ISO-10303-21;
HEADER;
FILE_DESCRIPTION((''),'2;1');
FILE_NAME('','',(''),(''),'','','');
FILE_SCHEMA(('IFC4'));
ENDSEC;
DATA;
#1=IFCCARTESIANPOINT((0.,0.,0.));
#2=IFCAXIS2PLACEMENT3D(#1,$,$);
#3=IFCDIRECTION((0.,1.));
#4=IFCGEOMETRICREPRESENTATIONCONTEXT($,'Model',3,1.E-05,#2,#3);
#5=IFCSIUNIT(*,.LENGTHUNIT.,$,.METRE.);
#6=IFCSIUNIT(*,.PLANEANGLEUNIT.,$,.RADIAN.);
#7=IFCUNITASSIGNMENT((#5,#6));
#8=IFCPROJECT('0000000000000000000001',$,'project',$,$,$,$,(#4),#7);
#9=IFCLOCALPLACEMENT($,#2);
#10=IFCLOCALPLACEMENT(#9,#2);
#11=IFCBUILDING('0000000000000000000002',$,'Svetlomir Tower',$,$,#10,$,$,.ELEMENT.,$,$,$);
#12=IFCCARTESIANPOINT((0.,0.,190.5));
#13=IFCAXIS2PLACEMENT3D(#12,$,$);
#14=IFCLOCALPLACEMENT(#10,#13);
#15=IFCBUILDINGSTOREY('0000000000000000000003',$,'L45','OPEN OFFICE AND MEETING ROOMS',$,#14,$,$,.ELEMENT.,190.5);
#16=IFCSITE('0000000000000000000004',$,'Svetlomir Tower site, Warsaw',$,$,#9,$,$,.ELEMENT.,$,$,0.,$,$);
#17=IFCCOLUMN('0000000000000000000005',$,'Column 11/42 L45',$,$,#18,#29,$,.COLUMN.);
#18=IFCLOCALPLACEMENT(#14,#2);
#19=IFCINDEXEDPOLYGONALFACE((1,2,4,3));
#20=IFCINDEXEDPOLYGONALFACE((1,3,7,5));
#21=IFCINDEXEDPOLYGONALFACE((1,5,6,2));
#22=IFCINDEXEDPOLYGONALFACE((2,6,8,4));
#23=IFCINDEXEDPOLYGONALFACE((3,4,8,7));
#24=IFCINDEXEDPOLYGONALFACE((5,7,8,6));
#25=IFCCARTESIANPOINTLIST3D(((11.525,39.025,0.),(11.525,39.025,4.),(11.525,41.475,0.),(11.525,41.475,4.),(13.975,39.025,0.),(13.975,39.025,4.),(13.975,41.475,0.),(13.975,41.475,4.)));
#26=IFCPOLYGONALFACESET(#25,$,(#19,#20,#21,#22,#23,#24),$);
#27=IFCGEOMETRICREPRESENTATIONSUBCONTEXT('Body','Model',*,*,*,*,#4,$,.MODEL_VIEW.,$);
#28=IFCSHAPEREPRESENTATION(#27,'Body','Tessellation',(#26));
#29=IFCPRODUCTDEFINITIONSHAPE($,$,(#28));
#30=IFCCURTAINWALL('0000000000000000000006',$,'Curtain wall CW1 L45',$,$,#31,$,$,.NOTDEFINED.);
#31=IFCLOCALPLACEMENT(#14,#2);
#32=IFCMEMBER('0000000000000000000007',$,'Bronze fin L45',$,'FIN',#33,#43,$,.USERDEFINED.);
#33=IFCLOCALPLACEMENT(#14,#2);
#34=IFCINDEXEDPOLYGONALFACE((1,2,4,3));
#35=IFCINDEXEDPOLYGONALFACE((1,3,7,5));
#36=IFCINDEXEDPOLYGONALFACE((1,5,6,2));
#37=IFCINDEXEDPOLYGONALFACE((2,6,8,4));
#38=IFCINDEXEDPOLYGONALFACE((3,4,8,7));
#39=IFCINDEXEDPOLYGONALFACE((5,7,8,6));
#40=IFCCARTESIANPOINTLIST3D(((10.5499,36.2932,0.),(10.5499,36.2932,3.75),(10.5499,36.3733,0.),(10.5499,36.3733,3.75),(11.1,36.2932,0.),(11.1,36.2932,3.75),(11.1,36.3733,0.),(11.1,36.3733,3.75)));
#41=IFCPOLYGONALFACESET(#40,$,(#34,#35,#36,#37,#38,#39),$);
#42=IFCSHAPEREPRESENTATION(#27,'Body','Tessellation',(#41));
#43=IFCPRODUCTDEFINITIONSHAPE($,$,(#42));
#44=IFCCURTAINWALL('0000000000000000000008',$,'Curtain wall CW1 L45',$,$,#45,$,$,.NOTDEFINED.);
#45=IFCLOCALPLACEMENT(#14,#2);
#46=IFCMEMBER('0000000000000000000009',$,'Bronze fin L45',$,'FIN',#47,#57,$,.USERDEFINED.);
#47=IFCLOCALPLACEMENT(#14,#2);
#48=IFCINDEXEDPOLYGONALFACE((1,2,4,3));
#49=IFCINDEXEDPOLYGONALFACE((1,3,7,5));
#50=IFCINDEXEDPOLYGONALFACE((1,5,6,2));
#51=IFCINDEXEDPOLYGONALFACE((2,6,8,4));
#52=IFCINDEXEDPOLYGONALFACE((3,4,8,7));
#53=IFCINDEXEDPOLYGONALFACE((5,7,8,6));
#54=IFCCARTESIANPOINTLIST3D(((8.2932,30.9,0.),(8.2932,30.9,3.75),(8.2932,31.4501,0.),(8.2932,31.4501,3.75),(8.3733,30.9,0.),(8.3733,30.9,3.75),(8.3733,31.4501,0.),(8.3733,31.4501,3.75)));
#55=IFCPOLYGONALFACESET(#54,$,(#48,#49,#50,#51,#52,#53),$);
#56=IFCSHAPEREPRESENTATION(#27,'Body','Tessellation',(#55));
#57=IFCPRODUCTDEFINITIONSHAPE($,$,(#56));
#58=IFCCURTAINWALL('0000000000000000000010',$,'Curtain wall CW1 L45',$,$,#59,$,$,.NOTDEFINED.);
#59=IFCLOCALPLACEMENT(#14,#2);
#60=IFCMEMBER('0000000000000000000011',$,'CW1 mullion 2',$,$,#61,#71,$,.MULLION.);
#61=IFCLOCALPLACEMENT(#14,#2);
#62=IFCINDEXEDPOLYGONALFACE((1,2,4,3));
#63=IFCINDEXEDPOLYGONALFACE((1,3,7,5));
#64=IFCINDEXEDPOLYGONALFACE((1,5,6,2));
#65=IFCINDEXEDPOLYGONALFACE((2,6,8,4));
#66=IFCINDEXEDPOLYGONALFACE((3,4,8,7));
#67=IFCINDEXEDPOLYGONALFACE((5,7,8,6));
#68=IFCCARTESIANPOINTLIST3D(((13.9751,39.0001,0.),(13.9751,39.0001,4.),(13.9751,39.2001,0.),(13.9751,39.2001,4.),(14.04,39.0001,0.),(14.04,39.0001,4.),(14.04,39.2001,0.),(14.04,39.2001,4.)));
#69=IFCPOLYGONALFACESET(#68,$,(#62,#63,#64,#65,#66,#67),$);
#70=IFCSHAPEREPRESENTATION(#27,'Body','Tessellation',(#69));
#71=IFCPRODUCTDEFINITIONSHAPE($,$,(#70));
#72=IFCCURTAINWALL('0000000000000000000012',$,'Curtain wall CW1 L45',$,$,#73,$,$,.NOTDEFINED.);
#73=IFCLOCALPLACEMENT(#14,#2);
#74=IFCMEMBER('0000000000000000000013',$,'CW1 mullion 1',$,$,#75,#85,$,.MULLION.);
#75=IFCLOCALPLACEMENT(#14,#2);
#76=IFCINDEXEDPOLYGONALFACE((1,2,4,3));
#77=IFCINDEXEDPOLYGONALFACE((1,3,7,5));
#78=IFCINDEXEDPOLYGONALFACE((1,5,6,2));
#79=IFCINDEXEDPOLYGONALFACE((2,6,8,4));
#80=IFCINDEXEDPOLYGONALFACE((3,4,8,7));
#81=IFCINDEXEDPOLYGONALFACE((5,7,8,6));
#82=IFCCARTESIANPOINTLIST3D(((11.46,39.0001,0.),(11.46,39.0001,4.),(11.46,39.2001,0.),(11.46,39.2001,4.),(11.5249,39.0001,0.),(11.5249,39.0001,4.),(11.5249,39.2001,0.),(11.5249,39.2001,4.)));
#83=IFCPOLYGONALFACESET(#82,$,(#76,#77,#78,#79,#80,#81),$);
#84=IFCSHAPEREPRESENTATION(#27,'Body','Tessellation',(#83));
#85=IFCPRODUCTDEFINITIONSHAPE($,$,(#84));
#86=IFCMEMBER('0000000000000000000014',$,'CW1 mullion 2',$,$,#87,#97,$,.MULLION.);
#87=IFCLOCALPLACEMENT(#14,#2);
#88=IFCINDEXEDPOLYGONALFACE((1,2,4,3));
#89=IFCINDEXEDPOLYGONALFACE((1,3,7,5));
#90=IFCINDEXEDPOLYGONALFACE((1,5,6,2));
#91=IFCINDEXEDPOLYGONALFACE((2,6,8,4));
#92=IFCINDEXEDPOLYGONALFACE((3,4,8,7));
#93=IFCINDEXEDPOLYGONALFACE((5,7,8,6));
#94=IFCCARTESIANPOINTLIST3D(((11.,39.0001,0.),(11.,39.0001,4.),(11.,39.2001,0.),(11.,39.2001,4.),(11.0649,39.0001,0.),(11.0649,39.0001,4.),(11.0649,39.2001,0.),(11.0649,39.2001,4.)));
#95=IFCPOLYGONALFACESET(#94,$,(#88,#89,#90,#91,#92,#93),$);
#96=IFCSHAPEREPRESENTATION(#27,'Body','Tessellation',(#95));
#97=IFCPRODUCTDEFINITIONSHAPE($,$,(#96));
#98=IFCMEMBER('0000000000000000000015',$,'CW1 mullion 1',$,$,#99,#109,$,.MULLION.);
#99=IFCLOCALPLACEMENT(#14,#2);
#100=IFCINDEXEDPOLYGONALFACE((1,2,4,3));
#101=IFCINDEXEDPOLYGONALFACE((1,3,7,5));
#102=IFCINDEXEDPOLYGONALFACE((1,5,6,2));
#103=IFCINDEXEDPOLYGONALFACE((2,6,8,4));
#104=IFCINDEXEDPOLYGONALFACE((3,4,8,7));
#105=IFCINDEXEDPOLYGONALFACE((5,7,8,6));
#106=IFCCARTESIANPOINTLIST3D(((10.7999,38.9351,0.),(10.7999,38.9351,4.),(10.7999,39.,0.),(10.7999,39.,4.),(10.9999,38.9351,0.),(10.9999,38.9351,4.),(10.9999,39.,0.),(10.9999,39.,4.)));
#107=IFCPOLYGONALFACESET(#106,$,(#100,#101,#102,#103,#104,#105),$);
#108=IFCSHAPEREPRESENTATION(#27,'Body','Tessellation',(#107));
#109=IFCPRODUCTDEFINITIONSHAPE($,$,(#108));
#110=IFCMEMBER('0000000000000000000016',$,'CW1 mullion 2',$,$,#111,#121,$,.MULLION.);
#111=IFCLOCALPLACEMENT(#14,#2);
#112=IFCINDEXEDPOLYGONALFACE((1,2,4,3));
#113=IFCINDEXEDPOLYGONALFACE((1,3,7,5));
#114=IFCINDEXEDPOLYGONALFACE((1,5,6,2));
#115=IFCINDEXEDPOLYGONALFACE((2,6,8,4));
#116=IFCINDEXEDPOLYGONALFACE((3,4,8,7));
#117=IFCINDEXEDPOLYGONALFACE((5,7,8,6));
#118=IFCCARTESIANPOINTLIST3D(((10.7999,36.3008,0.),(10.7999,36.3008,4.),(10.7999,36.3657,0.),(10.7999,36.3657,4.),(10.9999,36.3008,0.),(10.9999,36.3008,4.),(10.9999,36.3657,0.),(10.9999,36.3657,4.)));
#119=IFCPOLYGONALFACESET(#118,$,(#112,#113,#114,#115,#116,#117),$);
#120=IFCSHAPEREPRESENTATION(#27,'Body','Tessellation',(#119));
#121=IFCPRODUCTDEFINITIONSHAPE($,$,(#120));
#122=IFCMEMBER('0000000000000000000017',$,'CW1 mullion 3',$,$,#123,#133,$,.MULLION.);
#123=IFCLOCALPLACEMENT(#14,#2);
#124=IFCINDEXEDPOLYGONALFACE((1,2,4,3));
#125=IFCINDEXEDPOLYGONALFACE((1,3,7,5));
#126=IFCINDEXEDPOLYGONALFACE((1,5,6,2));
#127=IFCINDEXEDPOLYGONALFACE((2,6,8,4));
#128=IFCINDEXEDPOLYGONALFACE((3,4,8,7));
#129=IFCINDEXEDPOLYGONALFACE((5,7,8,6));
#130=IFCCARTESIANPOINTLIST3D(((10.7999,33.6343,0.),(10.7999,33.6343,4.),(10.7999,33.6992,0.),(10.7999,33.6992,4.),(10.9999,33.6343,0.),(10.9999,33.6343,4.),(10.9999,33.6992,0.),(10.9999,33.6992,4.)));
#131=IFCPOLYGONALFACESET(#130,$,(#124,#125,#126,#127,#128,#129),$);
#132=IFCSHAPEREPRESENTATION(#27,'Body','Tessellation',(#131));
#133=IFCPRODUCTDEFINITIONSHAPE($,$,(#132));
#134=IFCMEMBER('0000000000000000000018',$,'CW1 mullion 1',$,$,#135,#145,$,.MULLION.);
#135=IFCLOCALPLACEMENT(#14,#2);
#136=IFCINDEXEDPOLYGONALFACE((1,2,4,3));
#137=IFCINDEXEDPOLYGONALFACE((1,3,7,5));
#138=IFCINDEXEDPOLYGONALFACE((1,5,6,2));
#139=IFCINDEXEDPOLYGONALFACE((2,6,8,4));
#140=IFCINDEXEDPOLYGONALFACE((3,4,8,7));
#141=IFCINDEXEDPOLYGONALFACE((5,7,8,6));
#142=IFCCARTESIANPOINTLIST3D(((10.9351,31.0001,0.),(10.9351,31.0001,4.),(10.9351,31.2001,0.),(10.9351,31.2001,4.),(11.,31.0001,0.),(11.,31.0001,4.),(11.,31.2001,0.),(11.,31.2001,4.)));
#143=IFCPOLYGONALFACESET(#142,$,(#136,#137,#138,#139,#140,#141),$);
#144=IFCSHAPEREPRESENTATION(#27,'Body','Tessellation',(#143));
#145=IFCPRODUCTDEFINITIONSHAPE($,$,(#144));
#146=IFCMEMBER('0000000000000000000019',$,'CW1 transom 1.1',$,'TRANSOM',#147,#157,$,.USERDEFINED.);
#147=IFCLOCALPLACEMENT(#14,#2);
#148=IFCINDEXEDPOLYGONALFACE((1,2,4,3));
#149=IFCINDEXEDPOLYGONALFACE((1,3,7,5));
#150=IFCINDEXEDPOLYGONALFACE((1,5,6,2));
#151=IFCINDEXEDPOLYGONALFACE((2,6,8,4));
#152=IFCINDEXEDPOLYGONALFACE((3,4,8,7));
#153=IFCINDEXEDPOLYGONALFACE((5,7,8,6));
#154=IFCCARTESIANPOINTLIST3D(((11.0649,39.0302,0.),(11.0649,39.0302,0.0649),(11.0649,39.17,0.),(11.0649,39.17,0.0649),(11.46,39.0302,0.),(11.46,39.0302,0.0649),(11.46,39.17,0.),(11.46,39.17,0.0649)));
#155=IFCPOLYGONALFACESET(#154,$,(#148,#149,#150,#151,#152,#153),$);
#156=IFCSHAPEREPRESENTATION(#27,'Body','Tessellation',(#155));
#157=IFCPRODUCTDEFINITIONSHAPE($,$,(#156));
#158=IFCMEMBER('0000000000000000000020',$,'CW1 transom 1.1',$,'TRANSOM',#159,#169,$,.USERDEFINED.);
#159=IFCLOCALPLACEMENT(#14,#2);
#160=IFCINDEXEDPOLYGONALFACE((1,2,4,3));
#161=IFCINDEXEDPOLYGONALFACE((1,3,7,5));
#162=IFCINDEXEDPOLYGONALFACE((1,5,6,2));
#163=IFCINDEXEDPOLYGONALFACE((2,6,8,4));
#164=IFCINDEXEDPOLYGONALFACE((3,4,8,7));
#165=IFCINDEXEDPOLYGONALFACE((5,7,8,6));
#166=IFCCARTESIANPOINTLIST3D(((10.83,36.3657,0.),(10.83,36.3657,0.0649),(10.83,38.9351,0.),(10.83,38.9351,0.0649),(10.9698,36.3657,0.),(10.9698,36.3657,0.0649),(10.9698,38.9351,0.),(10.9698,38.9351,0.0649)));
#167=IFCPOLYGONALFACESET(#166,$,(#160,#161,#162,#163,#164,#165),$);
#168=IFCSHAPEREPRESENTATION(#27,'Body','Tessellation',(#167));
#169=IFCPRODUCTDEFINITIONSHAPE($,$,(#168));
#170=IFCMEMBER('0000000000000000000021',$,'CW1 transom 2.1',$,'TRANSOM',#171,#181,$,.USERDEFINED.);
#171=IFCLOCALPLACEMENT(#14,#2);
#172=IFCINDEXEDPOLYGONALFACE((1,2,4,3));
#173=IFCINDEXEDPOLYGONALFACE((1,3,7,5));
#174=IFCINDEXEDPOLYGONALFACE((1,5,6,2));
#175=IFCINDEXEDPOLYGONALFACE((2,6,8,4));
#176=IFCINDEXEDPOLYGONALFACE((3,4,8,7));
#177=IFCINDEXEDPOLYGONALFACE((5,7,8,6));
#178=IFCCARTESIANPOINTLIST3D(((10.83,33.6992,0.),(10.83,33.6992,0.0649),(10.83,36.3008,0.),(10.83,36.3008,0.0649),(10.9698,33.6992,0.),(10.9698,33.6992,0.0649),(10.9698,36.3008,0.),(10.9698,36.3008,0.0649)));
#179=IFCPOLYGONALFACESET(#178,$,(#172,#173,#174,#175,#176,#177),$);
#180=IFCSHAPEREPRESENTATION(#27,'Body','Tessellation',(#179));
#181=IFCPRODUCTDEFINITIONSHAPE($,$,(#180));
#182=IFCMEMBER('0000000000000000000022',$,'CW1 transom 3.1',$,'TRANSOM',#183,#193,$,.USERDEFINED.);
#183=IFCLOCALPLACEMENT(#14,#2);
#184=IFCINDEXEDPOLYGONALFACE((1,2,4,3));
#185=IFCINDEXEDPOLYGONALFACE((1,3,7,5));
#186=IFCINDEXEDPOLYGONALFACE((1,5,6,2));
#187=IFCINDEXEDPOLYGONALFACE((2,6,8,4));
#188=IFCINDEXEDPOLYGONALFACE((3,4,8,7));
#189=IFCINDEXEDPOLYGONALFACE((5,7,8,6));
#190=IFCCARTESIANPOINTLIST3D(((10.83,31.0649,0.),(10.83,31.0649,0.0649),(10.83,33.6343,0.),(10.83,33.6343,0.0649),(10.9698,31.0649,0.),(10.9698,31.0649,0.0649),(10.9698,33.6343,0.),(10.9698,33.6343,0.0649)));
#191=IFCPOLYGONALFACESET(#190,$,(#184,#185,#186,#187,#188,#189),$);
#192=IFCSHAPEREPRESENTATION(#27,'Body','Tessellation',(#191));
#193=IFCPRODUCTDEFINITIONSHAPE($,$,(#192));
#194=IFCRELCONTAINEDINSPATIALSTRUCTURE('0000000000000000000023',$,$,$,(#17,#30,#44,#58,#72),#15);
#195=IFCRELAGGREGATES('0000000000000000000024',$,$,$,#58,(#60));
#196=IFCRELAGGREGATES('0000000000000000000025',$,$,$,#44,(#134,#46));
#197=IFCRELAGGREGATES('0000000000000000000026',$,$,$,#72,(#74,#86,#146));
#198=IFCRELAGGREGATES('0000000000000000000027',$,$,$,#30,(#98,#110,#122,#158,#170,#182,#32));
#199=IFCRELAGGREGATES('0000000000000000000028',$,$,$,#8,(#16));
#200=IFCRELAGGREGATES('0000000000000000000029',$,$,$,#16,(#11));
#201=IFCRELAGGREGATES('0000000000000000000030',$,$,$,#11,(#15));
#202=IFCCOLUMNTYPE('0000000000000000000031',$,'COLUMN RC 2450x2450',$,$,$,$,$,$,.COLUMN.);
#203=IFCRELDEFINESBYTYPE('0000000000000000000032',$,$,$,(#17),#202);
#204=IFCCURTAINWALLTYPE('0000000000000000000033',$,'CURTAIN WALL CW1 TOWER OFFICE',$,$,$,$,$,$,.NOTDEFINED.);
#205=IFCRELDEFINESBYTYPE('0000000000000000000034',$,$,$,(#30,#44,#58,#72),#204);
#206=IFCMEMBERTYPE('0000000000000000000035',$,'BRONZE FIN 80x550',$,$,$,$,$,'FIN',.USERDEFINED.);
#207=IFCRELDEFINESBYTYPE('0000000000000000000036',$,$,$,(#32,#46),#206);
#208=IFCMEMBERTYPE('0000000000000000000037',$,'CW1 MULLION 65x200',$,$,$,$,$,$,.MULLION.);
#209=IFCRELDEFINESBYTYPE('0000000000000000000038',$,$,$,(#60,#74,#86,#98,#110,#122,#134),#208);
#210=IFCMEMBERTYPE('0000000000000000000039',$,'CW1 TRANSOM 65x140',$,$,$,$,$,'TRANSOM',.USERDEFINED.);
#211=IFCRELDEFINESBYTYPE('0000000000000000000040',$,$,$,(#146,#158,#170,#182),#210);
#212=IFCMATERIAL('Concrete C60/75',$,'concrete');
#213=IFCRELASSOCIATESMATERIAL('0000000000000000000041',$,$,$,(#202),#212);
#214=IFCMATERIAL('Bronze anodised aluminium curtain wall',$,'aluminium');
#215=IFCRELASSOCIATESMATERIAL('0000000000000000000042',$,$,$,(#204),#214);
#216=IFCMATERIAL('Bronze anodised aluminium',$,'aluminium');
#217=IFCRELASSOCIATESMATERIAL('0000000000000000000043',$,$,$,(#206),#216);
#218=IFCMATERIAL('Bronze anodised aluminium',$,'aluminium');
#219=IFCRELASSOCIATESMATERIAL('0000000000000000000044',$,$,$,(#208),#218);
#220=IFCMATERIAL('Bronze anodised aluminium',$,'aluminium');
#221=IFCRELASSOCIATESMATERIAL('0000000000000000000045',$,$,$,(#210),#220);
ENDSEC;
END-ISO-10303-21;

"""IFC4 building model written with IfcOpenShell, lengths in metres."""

from ifc_helpers import new_model, si_unit, direction, frame, origin, origin_2d, place, context, subcontext, project, spatial, rectangle, extrude, material, material_profile, profile_set, type_object, element, aggregate, save


model = new_model("IFC4")

# Units and contexts
model_context = context("Model", 3, precision=1e-05, world=origin(), true_north=direction((0.0, 1.0)))
body_context = subcontext(model_context, "Body", "Model", "MODEL_VIEW")
ifc_project = project(units=[si_unit("LENGTHUNIT", "METRE"), si_unit("PLANEANGLEUNIT", "RADIAN")], contexts=[model_context])

# Site, building, storey
site_placement = place(None, origin())
site = spatial("IfcSite", under=ifc_project, at=site_placement, Name="Svetlomir Tower site, Warsaw", CompositionType="ELEMENT", RefElevation=0.0)
building_placement = place(site_placement, origin())
building = spatial("IfcBuilding", under=site, at=building_placement, Name="Svetlomir Tower", CompositionType="ELEMENT")
storey_placement = place(building_placement, frame((0.0, 0.0, 190.5)))
storey = spatial("IfcBuildingStorey", under=building, at=storey_placement, Name="L45", Description="OPEN OFFICE AND MEETING ROOMS", CompositionType="ELEMENT", Elevation=190.5)

# Column
ifc_material_1 = material(Name="Concrete C60/75", Category="concrete")
ifc_material_profile_1 = material_profile(ifc_material_1, rectangle(XDim=2.45, YDim=2.45, at=origin_2d()), Name="RC 2450x2450")
ifc_profile_set_1 = profile_set([ifc_material_profile_1], Name="Concrete C60/75")
column_type = type_object("IfcColumnType", Name="COLUMN RC 2450x2450", PredefinedType="COLUMN", material=ifc_profile_set_1)
column_placement = place(storey_placement, frame((12.75, 40.25, 0.0), z_axis=(0.0, 0.0, 1.0), x_axis=(1.0, 0.0, 0.0)))
element("IfcColumn", 1, at=column_placement, inside=storey, type_object=column_type, Name="Column 11/42 L45", PredefinedType="COLUMN", context=body_context, shape_type="SweptSolid", body=[
    extrude(rectangle(XDim=2.45, YDim=2.45, at=origin_2d()), origin(), (0.0, 0.0, 1.0), 4.0),
])

# Curtain walls, members
ifc_material_2 = material(Name="Bronze anodised aluminium curtain wall", Category="aluminium")
curtain_wall_type = type_object("IfcCurtainWallType", Name="CURTAIN WALL CW1 TOWER OFFICE", PredefinedType="NOTDEFINED", material=ifc_material_2)
curtain_wall_1_placement = place(storey_placement, origin())
curtain_wall_1 = element("IfcCurtainWall", 2, at=curtain_wall_1_placement, inside=storey, type_object=curtain_wall_type, Name="Curtain wall CW1 L45", PredefinedType="NOTDEFINED")
ifc_material_3 = material(Name="Bronze anodised aluminium", Category="aluminium")
ifc_material_profile_2 = material_profile(ifc_material_3, rectangle(XDim=0.0801, YDim=0.55, at=origin_2d()), Name="FIN 80x550")
ifc_profile_set_2 = profile_set([ifc_material_profile_2], Name="Bronze anodised aluminium 6063-T6")
member_type_1 = type_object("IfcMemberType", Name="BRONZE FIN 80x550", ElementType="FIN", PredefinedType="USERDEFINED", material=ifc_profile_set_2)
member_1_placement = place(storey_placement, frame((10.825, 36.3333, 0.0), z_axis=(0.0, 0.0, 1.0), x_axis=(0.0, 1.0, 0.0)))
member_1 = element("IfcMember", 3, at=member_1_placement, type_object=member_type_1, Name="Bronze fin L45", ObjectType="FIN", PredefinedType="USERDEFINED", context=body_context, shape_type="SweptSolid", body=[
    extrude(rectangle(XDim=0.0801, YDim=0.55, at=origin_2d()), origin(), (0.0, 0.0, 1.0), 3.75),
])
curtain_wall_2_placement = place(storey_placement, origin())
curtain_wall_2 = element("IfcCurtainWall", 4, at=curtain_wall_2_placement, inside=storey, type_object=curtain_wall_type, Name="Curtain wall CW1 L45", PredefinedType="NOTDEFINED")
member_2_placement = place(storey_placement, frame((8.3333, 31.175, 0.0), z_axis=(0.0, 0.0, 1.0), x_axis=(1.0, 0.0, 0.0)))
member_2 = element("IfcMember", 5, at=member_2_placement, type_object=member_type_1, Name="Bronze fin L45", ObjectType="FIN", PredefinedType="USERDEFINED", context=body_context, shape_type="SweptSolid", body=[
    extrude(rectangle(XDim=0.0801, YDim=0.55, at=origin_2d()), origin(), (0.0, 0.0, 1.0), 3.75),
])
curtain_wall_3_placement = place(storey_placement, origin())
curtain_wall_3 = element("IfcCurtainWall", 6, at=curtain_wall_3_placement, inside=storey, type_object=curtain_wall_type, Name="Curtain wall CW1 L45", PredefinedType="NOTDEFINED")
ifc_material_4 = material(Name="Bronze anodised aluminium", Category="aluminium")
ifc_material_profile_3 = material_profile(ifc_material_4, rectangle(XDim=0.0649, YDim=0.2, at=origin_2d()), Name="AL 65x200")
ifc_profile_set_3 = profile_set([ifc_material_profile_3], Name="Bronze anodised aluminium 6063-T6")
member_type_2 = type_object("IfcMemberType", Name="CW1 MULLION 65x200", PredefinedType="MULLION", material=ifc_profile_set_3)
member_3_placement = place(storey_placement, frame((14.0076, 39.1001, 0.0), z_axis=(0.0, 0.0, 1.0), x_axis=(-1.0, 0.0, 0.0)))
member_3 = element("IfcMember", 7, at=member_3_placement, type_object=member_type_2, Name="CW1 mullion 2", PredefinedType="MULLION", context=body_context, shape_type="SweptSolid", body=[
    extrude(rectangle(XDim=0.0649, YDim=0.2, at=origin_2d()), origin(), (0.0, 0.0, 1.0), 4.0),
])
aggregate(curtain_wall_3, [member_3])

# Curtain wall, members
curtain_wall_4_placement = place(storey_placement, origin())
curtain_wall_4 = element("IfcCurtainWall", 8, at=curtain_wall_4_placement, inside=storey, type_object=curtain_wall_type, Name="Curtain wall CW1 L45", PredefinedType="NOTDEFINED")
member_4_placement = place(storey_placement, frame((11.4924, 39.1001, 0.0), z_axis=(0.0, 0.0, 1.0), x_axis=(-1.0, 0.0, 0.0)))
member_4 = element("IfcMember", 9, at=member_4_placement, type_object=member_type_2, Name="CW1 mullion 1", PredefinedType="MULLION", context=body_context, shape_type="SweptSolid", body=[
    extrude(rectangle(XDim=0.0649, YDim=0.2, at=origin_2d()), origin(), (0.0, 0.0, 1.0), 4.0),
])
member_5_placement = place(storey_placement, frame((11.0325, 39.1001, 0.0), z_axis=(0.0, 0.0, 1.0), x_axis=(-1.0, 0.0, 0.0)))
member_5 = element("IfcMember", 10, at=member_5_placement, type_object=member_type_2, Name="CW1 mullion 2", PredefinedType="MULLION", context=body_context, shape_type="SweptSolid", body=[
    extrude(rectangle(XDim=0.0649, YDim=0.2, at=origin_2d()), origin(), (0.0, 0.0, 1.0), 4.0),
])

# Members
member_6_placement = place(storey_placement, frame((10.8999, 38.9675, 0.0), z_axis=(0.0, 0.0, 1.0), x_axis=(0.0, -1.0, 0.0)))
member_6 = element("IfcMember", 11, at=member_6_placement, type_object=member_type_2, Name="CW1 mullion 1", PredefinedType="MULLION", context=body_context, shape_type="SweptSolid", body=[
    extrude(rectangle(XDim=0.0649, YDim=0.2, at=origin_2d()), origin(), (0.0, 0.0, 1.0), 4.0),
])
member_7_placement = place(storey_placement, frame((10.8999, 36.3333, 0.0), z_axis=(0.0, 0.0, 1.0), x_axis=(0.0, -1.0, 0.0)))
member_7 = element("IfcMember", 12, at=member_7_placement, type_object=member_type_2, Name="CW1 mullion 2", PredefinedType="MULLION", context=body_context, shape_type="SweptSolid", body=[
    extrude(rectangle(XDim=0.0649, YDim=0.2, at=origin_2d()), origin(), (0.0, 0.0, 1.0), 4.0),
])
member_8_placement = place(storey_placement, frame((10.8999, 33.6667, 0.0), z_axis=(0.0, 0.0, 1.0), x_axis=(0.0, -1.0, 0.0)))
member_8 = element("IfcMember", 13, at=member_8_placement, type_object=member_type_2, Name="CW1 mullion 3", PredefinedType="MULLION", context=body_context, shape_type="SweptSolid", body=[
    extrude(rectangle(XDim=0.0649, YDim=0.2, at=origin_2d()), origin(), (0.0, 0.0, 1.0), 4.0),
])
member_9_placement = place(storey_placement, frame((10.9675, 31.1001, 0.0), z_axis=(0.0, 0.0, 1.0), x_axis=(-1.0, 0.0, 0.0)))
member_9 = element("IfcMember", 14, at=member_9_placement, type_object=member_type_2, Name="CW1 mullion 1", PredefinedType="MULLION", context=body_context, shape_type="SweptSolid", body=[
    extrude(rectangle(XDim=0.0649, YDim=0.2, at=origin_2d()), origin(), (0.0, 0.0, 1.0), 4.0),
])
ifc_material_5 = material(Name="Bronze anodised aluminium", Category="aluminium")
ifc_material_profile_4 = material_profile(ifc_material_5, rectangle(XDim=0.1399, YDim=0.0649, at=origin_2d()), Name="AL 140x65")
ifc_profile_set_4 = profile_set([ifc_material_profile_4], Name="Bronze anodised aluminium 6063-T6")
member_type_3 = type_object("IfcMemberType", Name="CW1 TRANSOM 65x140", ElementType="TRANSOM", PredefinedType="USERDEFINED", material=ifc_profile_set_4)
member_10_placement = place(storey_placement, frame((11.46, 39.1001, 0.0325), z_axis=(-1.0, 0.0, 0.0), x_axis=(0.0, -1.0, 0.0)))
member_10 = element("IfcMember", 15, at=member_10_placement, type_object=member_type_3, Name="CW1 transom 1.1", ObjectType="TRANSOM", PredefinedType="USERDEFINED", context=body_context, shape_type="SweptSolid", body=[
    extrude(rectangle(XDim=0.1399, YDim=0.0649, at=origin_2d()), origin(), (0.0, 0.0, 1.0), 0.395),
])
member_11_placement = place(storey_placement, frame((10.8999, 38.9351, 0.0325), z_axis=(0.0, -1.0, 0.0), x_axis=(1.0, 0.0, 0.0)))
member_11 = element("IfcMember", 16, at=member_11_placement, type_object=member_type_3, Name="CW1 transom 1.1", ObjectType="TRANSOM", PredefinedType="USERDEFINED", context=body_context, shape_type="SweptSolid", body=[
    extrude(rectangle(XDim=0.1399, YDim=0.0649, at=origin_2d()), origin(), (0.0, 0.0, 1.0), 2.5693),
])
member_12_placement = place(storey_placement, frame((10.8999, 36.3008, 0.0325), z_axis=(0.0, -1.0, 0.0), x_axis=(1.0, 0.0, 0.0)))
member_12 = element("IfcMember", 17, at=member_12_placement, type_object=member_type_3, Name="CW1 transom 2.1", ObjectType="TRANSOM", PredefinedType="USERDEFINED", context=body_context, shape_type="SweptSolid", body=[
    extrude(rectangle(XDim=0.1399, YDim=0.0649, at=origin_2d()), origin(), (0.0, 0.0, 1.0), 2.6016),
])
member_13_placement = place(storey_placement, frame((10.8999, 33.6343, 0.0325), z_axis=(0.0, -1.0, 0.0), x_axis=(1.0, 0.0, 0.0)))
member_13 = element("IfcMember", 18, at=member_13_placement, type_object=member_type_3, Name="CW1 transom 3.1", ObjectType="TRANSOM", PredefinedType="USERDEFINED", context=body_context, shape_type="SweptSolid", body=[
    extrude(rectangle(XDim=0.1399, YDim=0.0649, at=origin_2d()), origin(), (0.0, 0.0, 1.0), 2.5693),
])
aggregate(curtain_wall_2, [member_9, member_2])

aggregate(curtain_wall_4, [member_4, member_5, member_10])
aggregate(curtain_wall_1, [member_6, member_7, member_8, member_11, member_12, member_13, member_1])

save(model, "model.ifc")
